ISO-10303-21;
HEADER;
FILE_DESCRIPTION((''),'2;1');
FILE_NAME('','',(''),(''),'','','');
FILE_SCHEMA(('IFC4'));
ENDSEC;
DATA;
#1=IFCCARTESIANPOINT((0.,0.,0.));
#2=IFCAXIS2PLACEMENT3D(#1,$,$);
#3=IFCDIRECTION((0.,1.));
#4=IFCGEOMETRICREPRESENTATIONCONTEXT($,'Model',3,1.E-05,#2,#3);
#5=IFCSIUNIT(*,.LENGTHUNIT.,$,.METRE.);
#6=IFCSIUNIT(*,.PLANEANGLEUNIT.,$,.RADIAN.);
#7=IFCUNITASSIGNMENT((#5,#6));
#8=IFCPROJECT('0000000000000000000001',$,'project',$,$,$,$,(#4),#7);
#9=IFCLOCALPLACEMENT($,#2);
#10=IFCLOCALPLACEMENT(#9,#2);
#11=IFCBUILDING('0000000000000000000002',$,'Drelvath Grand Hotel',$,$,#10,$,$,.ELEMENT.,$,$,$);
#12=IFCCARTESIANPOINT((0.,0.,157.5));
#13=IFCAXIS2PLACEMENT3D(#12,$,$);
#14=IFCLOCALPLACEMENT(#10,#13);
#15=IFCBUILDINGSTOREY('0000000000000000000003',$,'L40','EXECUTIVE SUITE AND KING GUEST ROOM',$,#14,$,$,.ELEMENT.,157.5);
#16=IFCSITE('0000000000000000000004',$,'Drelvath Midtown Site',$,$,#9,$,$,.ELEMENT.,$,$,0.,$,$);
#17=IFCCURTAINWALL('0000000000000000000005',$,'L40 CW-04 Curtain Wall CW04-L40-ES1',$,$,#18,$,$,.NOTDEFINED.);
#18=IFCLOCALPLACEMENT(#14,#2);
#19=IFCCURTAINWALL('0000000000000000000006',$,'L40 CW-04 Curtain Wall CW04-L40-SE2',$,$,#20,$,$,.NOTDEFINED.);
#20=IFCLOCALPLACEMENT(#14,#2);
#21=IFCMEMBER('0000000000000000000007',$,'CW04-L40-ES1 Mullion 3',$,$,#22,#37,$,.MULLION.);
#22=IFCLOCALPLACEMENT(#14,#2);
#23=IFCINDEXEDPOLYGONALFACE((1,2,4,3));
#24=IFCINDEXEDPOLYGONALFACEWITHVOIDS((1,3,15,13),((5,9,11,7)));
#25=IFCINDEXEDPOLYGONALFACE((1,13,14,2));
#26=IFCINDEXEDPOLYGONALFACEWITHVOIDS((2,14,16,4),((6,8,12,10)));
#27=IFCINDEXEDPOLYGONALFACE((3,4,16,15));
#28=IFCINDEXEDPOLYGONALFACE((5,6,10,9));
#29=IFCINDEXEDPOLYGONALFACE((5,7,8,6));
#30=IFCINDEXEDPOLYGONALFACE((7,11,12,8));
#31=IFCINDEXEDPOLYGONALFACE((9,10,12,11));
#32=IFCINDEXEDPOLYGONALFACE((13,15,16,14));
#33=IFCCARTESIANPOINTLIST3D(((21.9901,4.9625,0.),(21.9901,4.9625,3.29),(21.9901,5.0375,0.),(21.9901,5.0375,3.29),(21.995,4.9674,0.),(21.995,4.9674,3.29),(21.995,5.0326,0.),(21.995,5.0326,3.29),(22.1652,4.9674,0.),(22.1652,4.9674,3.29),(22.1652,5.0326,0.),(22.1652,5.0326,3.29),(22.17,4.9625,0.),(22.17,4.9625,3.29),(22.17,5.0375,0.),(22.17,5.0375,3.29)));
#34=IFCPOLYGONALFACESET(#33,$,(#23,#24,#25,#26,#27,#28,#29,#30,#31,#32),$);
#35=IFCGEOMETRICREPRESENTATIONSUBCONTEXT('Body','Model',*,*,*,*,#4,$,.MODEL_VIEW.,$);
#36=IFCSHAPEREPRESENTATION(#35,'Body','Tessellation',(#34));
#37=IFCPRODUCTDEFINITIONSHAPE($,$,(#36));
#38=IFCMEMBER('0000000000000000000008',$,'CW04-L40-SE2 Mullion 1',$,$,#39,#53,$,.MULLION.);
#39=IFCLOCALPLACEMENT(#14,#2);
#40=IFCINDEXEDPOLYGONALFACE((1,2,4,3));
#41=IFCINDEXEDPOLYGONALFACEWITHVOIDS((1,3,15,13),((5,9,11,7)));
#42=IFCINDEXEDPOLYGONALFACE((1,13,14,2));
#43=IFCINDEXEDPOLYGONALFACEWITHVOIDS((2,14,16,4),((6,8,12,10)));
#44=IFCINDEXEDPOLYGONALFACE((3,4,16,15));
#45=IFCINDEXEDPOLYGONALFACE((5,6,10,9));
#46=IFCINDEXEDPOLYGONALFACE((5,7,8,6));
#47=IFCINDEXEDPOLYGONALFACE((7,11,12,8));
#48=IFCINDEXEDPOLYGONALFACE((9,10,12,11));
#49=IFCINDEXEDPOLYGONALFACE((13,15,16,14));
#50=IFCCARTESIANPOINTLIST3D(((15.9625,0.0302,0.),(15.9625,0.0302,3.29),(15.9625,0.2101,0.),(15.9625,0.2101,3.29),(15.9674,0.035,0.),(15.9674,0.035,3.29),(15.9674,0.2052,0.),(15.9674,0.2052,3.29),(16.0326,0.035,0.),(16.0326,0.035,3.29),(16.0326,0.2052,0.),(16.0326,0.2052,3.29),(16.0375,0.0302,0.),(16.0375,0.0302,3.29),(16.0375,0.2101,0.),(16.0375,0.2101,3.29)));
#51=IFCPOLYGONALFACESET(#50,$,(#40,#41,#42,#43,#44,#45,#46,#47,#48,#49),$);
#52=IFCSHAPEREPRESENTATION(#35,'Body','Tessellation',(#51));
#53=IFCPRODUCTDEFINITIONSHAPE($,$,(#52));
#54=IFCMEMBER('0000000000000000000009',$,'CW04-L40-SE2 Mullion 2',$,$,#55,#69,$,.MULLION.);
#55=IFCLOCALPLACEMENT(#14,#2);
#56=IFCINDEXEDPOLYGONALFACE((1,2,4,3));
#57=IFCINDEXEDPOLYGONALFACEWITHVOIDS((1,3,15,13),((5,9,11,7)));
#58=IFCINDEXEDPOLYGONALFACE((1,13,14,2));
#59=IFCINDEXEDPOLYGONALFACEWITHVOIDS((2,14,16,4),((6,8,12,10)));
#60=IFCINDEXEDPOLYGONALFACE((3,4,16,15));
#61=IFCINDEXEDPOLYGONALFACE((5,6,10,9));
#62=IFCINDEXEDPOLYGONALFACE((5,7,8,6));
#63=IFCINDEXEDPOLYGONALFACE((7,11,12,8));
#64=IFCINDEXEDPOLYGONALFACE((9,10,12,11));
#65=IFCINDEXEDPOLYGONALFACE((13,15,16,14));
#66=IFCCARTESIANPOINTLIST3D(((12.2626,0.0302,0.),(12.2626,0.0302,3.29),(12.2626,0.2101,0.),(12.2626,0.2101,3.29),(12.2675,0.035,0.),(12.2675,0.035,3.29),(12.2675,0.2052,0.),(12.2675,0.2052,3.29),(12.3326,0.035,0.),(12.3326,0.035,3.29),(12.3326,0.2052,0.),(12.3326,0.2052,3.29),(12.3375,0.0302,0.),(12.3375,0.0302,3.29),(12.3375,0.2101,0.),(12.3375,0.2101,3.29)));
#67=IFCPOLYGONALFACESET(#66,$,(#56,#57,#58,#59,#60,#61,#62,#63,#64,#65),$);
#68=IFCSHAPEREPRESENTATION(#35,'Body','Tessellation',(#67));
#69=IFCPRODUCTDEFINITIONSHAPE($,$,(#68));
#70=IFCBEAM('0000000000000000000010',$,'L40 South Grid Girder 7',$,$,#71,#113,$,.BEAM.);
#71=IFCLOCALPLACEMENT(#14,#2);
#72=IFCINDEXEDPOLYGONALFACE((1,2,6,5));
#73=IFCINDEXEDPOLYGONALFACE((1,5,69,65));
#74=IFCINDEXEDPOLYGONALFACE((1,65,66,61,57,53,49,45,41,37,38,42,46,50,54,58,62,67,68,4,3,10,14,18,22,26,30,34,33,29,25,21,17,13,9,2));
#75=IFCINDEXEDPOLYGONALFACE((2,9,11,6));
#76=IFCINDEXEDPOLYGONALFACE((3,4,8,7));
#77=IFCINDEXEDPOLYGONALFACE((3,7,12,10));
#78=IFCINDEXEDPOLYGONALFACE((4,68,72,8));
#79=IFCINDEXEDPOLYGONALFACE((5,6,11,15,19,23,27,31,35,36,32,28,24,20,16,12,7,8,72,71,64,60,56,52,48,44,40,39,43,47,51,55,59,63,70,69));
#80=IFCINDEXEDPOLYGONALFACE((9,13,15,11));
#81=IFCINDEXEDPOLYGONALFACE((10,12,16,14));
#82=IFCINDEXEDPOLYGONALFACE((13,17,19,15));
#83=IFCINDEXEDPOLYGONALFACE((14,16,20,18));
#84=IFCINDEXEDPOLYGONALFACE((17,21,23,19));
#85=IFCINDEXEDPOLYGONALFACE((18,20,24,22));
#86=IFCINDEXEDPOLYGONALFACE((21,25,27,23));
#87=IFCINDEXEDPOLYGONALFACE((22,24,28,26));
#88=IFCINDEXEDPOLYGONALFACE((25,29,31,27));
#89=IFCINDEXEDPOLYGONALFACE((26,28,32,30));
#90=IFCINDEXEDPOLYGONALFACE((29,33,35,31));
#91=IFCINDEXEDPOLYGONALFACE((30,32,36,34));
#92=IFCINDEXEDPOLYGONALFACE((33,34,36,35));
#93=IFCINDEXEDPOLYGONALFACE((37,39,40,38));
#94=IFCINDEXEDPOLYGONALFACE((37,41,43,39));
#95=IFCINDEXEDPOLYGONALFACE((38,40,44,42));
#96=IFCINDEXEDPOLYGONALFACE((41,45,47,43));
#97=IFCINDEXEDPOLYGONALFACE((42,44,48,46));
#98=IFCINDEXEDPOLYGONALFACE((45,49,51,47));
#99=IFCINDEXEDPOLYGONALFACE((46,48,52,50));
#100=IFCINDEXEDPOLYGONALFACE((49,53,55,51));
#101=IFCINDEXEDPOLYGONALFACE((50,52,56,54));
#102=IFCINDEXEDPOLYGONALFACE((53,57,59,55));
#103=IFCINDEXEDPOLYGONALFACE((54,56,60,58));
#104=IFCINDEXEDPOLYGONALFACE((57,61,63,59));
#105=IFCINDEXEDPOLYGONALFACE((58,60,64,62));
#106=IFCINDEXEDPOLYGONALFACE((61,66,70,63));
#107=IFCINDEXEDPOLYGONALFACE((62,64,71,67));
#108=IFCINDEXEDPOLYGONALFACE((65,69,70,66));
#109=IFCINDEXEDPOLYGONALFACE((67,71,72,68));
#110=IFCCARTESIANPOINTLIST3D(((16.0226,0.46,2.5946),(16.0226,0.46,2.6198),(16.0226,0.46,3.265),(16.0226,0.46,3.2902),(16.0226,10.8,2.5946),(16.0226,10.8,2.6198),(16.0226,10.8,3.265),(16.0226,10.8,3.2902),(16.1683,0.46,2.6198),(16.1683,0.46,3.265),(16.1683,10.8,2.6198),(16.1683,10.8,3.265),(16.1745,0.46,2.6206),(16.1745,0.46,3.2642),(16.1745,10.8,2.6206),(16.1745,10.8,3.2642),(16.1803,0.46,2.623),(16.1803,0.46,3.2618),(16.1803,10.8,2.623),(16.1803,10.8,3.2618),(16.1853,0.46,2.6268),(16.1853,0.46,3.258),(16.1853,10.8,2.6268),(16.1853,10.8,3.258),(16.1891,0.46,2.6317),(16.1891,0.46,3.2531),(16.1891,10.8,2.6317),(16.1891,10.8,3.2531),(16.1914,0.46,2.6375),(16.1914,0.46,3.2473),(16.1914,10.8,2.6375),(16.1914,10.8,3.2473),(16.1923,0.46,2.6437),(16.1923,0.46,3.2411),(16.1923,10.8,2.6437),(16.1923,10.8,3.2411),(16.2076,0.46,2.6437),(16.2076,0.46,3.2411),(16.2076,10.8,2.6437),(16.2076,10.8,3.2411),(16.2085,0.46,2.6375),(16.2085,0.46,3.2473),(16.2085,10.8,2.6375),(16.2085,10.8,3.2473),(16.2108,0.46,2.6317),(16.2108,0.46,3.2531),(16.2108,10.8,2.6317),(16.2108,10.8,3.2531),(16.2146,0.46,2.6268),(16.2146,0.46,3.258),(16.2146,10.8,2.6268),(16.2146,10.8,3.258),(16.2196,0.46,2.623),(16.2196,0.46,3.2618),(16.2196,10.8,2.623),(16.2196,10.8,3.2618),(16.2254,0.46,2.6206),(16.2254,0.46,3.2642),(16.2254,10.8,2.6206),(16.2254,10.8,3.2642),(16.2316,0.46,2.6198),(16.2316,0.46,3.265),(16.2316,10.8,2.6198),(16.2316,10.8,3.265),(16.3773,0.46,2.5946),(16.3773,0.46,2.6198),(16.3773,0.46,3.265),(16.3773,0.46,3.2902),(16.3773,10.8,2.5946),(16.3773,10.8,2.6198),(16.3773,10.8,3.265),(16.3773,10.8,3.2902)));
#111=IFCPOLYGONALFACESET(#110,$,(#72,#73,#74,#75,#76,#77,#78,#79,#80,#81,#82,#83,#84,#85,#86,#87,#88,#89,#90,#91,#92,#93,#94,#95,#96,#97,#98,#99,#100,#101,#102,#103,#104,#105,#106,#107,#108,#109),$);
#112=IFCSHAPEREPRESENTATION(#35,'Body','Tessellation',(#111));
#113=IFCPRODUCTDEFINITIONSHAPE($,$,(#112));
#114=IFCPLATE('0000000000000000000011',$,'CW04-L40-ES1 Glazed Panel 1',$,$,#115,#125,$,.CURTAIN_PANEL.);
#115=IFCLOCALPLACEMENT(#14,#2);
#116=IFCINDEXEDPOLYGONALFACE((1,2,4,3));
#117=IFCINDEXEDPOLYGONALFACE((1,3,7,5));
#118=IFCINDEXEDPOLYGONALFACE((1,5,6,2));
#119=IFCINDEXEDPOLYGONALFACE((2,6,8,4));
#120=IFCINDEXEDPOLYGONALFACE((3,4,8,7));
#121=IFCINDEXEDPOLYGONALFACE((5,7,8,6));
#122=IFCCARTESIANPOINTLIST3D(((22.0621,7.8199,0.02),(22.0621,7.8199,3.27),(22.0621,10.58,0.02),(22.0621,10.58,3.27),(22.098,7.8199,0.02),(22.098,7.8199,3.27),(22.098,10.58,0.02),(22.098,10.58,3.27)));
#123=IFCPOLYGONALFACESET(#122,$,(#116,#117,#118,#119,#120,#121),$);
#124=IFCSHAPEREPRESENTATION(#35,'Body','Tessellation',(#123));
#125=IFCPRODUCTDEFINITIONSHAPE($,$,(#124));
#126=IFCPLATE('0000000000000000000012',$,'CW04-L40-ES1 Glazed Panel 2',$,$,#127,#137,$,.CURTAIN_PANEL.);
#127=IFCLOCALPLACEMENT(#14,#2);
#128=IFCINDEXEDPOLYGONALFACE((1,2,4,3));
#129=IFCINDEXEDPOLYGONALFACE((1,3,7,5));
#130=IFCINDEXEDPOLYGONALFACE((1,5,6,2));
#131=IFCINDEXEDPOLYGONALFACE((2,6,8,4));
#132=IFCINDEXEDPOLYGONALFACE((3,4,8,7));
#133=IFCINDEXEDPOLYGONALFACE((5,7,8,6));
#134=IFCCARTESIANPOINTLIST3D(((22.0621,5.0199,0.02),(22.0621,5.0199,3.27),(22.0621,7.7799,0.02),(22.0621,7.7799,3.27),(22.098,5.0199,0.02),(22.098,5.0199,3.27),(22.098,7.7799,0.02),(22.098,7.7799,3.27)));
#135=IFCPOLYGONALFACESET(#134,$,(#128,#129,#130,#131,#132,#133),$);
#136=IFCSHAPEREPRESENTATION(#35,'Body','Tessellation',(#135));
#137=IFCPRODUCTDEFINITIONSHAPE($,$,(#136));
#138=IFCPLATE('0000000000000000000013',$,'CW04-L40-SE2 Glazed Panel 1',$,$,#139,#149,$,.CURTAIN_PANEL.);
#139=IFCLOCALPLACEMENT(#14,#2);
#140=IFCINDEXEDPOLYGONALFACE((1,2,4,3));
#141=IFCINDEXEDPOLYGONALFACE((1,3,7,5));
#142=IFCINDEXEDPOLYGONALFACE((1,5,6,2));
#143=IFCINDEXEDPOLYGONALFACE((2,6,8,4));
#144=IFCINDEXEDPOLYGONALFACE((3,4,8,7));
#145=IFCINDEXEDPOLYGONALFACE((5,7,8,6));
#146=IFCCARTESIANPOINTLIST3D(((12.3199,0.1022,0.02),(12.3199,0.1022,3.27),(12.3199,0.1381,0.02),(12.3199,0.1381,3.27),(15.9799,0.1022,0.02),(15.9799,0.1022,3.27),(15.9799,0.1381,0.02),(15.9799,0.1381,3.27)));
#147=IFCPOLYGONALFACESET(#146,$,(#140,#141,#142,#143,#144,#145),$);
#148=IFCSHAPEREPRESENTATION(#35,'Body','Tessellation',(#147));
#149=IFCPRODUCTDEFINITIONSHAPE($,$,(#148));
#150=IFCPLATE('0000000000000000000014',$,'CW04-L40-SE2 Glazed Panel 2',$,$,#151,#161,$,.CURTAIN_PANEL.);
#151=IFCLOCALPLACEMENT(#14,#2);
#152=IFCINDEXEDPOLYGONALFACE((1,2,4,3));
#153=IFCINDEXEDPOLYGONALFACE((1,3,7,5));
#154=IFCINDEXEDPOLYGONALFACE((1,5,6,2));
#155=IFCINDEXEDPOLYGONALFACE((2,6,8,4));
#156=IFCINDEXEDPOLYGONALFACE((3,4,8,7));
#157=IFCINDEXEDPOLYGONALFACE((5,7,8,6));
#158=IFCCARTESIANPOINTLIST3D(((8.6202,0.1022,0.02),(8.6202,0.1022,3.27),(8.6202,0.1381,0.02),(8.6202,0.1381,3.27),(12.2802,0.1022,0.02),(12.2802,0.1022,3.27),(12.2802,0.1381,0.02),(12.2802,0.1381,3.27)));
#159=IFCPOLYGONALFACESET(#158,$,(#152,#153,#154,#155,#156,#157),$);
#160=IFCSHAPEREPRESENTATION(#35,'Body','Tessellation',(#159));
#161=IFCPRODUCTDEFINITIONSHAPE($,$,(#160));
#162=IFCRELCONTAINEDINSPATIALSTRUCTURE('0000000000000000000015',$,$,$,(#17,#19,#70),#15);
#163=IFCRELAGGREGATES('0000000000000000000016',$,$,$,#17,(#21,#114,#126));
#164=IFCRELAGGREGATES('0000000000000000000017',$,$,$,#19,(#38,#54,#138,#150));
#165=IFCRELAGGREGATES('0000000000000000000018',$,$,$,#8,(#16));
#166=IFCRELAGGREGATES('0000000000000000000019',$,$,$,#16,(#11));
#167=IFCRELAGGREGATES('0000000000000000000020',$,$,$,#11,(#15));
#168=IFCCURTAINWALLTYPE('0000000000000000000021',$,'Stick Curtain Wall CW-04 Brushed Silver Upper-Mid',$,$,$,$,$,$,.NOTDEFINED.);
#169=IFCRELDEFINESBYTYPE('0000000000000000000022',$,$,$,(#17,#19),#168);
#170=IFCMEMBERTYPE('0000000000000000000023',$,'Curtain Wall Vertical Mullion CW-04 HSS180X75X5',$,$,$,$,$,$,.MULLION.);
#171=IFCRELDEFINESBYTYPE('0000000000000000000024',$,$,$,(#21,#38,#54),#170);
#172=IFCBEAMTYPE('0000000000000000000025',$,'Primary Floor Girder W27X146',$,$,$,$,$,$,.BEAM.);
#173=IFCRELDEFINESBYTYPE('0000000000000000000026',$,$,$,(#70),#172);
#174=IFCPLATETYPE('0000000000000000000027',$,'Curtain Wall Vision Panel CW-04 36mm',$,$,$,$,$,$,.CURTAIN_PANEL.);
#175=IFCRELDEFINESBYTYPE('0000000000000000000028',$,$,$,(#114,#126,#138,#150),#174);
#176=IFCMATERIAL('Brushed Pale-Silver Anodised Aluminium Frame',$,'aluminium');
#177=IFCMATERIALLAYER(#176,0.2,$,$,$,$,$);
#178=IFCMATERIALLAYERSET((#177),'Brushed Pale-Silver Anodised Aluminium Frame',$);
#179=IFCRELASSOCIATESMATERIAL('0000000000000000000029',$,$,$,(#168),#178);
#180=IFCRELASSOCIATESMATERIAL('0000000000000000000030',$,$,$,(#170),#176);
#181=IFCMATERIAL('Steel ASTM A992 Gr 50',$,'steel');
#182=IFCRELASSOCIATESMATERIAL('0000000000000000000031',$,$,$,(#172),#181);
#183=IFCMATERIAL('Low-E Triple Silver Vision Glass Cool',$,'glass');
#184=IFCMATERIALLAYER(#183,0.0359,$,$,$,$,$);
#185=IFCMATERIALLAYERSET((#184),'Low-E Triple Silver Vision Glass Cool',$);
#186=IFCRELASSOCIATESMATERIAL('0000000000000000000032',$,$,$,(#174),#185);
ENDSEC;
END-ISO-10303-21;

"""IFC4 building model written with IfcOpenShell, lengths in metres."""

from ifc_helpers import new_model, si_unit, direction, frame, origin, origin_2d, place, context, subcontext, project, spatial, rectangle, hollow_rectangle, i_section, extrude, material, layer, layer_set, material_profile, profile_set, type_object, element, aggregate, save


model = new_model("IFC4")

# Units and contexts
model_context = context("Model", 3, precision=1e-05, world=origin(), true_north=direction((0.0, 1.0)))
body_context = subcontext(model_context, "Body", "Model", "MODEL_VIEW")
ifc_project = project(units=[si_unit("LENGTHUNIT", "METRE"), si_unit("PLANEANGLEUNIT", "RADIAN")], contexts=[model_context])

# Site, building, storey
site_placement = place(None, origin())
site = spatial("IfcSite", under=ifc_project, at=site_placement, Name="Drelvath Midtown Site", CompositionType="ELEMENT", RefElevation=0.0)
building_placement = place(site_placement, origin())
building = spatial("IfcBuilding", under=site, at=building_placement, Name="Drelvath Grand Hotel", CompositionType="ELEMENT")
storey_placement = place(building_placement, frame((0.0, 0.0, 157.5)))
storey = spatial("IfcBuildingStorey", under=building, at=storey_placement, Name="L40", Description="EXECUTIVE SUITE AND KING GUEST ROOM", CompositionType="ELEMENT", Elevation=157.5)

# Shared definitions
ifc_material_1 = material(Name="Steel ASTM A992 Gr 50", Category="steel")

# Curtain walls
ifc_material_2 = material(Name="Brushed Pale-Silver Anodised Aluminium Frame", Category="aluminium")
ifc_layer_1 = layer(ifc_material_2, 0.2)
ifc_layer_set_1 = layer_set([ifc_layer_1], Name="Brushed Pale-Silver Anodised Aluminium Frame")
curtain_wall_type = type_object("IfcCurtainWallType", Name="Stick Curtain Wall CW-04 Brushed Silver Upper-Mid", PredefinedType="NOTDEFINED", material=ifc_layer_set_1)
curtain_wall_1_placement = place(storey_placement, origin())
curtain_wall_1 = element("IfcCurtainWall", 1, at=curtain_wall_1_placement, inside=storey, type_object=curtain_wall_type, Name="L40 CW-04 Curtain Wall CW04-L40-ES1", PredefinedType="NOTDEFINED")
curtain_wall_2_placement = place(storey_placement, origin())
curtain_wall_2 = element("IfcCurtainWall", 2, at=curtain_wall_2_placement, inside=storey, type_object=curtain_wall_type, Name="L40 CW-04 Curtain Wall CW04-L40-SE2", PredefinedType="NOTDEFINED")

# Members
ifc_material_profile_1 = material_profile(ifc_material_2, hollow_rectangle(XDim=0.075, YDim=0.1799, WallThickness=0.0049, at=origin_2d()), Name="HSS180X75X5")
ifc_profile_set_1 = profile_set([ifc_material_profile_1], Name="Brushed Pale-Silver Anodised Aluminium Frame")
member_type_1 = type_object("IfcMemberType", Name="Curtain Wall Vertical Mullion CW-04 HSS180X75X5", PredefinedType="MULLION", material=ifc_profile_set_1)
member_1_placement = place(storey_placement, frame((22.0801, 5.0, 0.0), z_axis=(0.0, 0.0, 1.0), x_axis=(0.0, 1.0, 0.0)))
member_1 = element("IfcMember", 3, at=member_1_placement, type_object=member_type_1, Name="CW04-L40-ES1 Mullion 3", PredefinedType="MULLION", context=body_context, shape_type="SweptSolid", body=[
    extrude(hollow_rectangle(XDim=0.075, YDim=0.1799, WallThickness=0.0049, at=origin_2d()), origin(), (0.0, 0.0, 1.0), 3.29),
])
member_2_placement = place(storey_placement, frame((16.0, 0.1201, 0.0), z_axis=(0.0, 0.0, 1.0), x_axis=(1.0, 0.0, 0.0)))
member_2 = element("IfcMember", 4, at=member_2_placement, type_object=member_type_1, Name="CW04-L40-SE2 Mullion 1", PredefinedType="MULLION", context=body_context, shape_type="SweptSolid", body=[
    extrude(hollow_rectangle(XDim=0.075, YDim=0.1799, WallThickness=0.0049, at=origin_2d()), origin(), (0.0, 0.0, 1.0), 3.29),
])
member_3_placement = place(storey_placement, frame((12.3, 0.1201, 0.0), z_axis=(0.0, 0.0, 1.0), x_axis=(1.0, 0.0, 0.0)))
member_3 = element("IfcMember", 5, at=member_3_placement, type_object=member_type_1, Name="CW04-L40-SE2 Mullion 2", PredefinedType="MULLION", context=body_context, shape_type="SweptSolid", body=[
    extrude(hollow_rectangle(XDim=0.075, YDim=0.1799, WallThickness=0.0049, at=origin_2d()), origin(), (0.0, 0.0, 1.0), 3.29),
])

# Beam
ifc_material_profile_2 = material_profile(ifc_material_1, i_section(OverallWidth=0.3547, OverallDepth=0.6956, WebThickness=0.0154, FlangeThickness=0.0251, FilletRadius=0.0239, at=origin_2d()), Name="W27X146")
ifc_profile_set_2 = profile_set([ifc_material_profile_2], Name="Steel ASTM A992 Gr 50")
beam_type_1 = type_object("IfcBeamType", Name="Primary Floor Girder W27X146", PredefinedType="BEAM", material=ifc_profile_set_2)
beam_1_placement = place(storey_placement, frame((16.2, 0.46, 2.9424), z_axis=(0.0, 1.0, 0.0), x_axis=(-1.0, 0.0, 0.0)))
element("IfcBeam", 6, at=beam_1_placement, inside=storey, type_object=beam_type_1, Name="L40 South Grid Girder 7", PredefinedType="BEAM", context=body_context, shape_type="SweptSolid", body=[
    extrude(i_section(OverallWidth=0.3547, OverallDepth=0.6956, WebThickness=0.0154, FlangeThickness=0.0251, FilletRadius=0.0239, at=origin_2d()), origin(), (0.0, 0.0, 1.0), 10.3401),
])

# Plates
ifc_material_3 = material(Name="Low-E Triple Silver Vision Glass Cool", Category="glass")
ifc_layer_2 = layer(ifc_material_3, 0.0359)
ifc_layer_set_2 = layer_set([ifc_layer_2], Name="Low-E Triple Silver Vision Glass Cool")
plate_type = type_object("IfcPlateType", Name="Curtain Wall Vision Panel CW-04 36mm", PredefinedType="CURTAIN_PANEL", material=ifc_layer_set_2)
plate_1_placement = place(storey_placement, frame((22.0801, 9.2, 0.02), z_axis=(0.0, 0.0, 1.0), x_axis=(0.0, -1.0, 0.0)))
plate_1 = element("IfcPlate", 7, at=plate_1_placement, type_object=plate_type, Name="CW04-L40-ES1 Glazed Panel 1", PredefinedType="CURTAIN_PANEL", context=body_context, shape_type="SweptSolid", body=[
    extrude(rectangle(XDim=2.76, YDim=0.0359, at=origin_2d()), origin(), (0.0, 0.0, 1.0), 3.25),
])
plate_2_placement = place(storey_placement, frame((22.0801, 6.3999, 0.02), z_axis=(0.0, 0.0, 1.0), x_axis=(0.0, -1.0, 0.0)))
plate_2 = element("IfcPlate", 8, at=plate_2_placement, type_object=plate_type, Name="CW04-L40-ES1 Glazed Panel 2", PredefinedType="CURTAIN_PANEL", context=body_context, shape_type="SweptSolid", body=[
    extrude(rectangle(XDim=2.76, YDim=0.0359, at=origin_2d()), origin(), (0.0, 0.0, 1.0), 3.25),
])
aggregate(curtain_wall_1, [member_1, plate_1, plate_2])
plate_3_placement = place(storey_placement, frame((14.1499, 0.1201, 0.02), z_axis=(0.0, 0.0, 1.0), x_axis=(-1.0, 0.0, 0.0)))
plate_3 = element("IfcPlate", 9, at=plate_3_placement, type_object=plate_type, Name="CW04-L40-SE2 Glazed Panel 1", PredefinedType="CURTAIN_PANEL", context=body_context, shape_type="SweptSolid", body=[
    extrude(rectangle(XDim=3.6599, YDim=0.0359, at=origin_2d()), origin(), (0.0, 0.0, 1.0), 3.25),
])
plate_4_placement = place(storey_placement, frame((10.4502, 0.1201, 0.02), z_axis=(0.0, 0.0, 1.0), x_axis=(-1.0, 0.0, 0.0)))
plate_4 = element("IfcPlate", 10, at=plate_4_placement, type_object=plate_type, Name="CW04-L40-SE2 Glazed Panel 2", PredefinedType="CURTAIN_PANEL", context=body_context, shape_type="SweptSolid", body=[
    extrude(rectangle(XDim=3.6599, YDim=0.0359, at=origin_2d()), origin(), (0.0, 0.0, 1.0), 3.25),
])
aggregate(curtain_wall_2, [member_2, member_3, plate_3, plate_4])

save(model, "model.ifc")
